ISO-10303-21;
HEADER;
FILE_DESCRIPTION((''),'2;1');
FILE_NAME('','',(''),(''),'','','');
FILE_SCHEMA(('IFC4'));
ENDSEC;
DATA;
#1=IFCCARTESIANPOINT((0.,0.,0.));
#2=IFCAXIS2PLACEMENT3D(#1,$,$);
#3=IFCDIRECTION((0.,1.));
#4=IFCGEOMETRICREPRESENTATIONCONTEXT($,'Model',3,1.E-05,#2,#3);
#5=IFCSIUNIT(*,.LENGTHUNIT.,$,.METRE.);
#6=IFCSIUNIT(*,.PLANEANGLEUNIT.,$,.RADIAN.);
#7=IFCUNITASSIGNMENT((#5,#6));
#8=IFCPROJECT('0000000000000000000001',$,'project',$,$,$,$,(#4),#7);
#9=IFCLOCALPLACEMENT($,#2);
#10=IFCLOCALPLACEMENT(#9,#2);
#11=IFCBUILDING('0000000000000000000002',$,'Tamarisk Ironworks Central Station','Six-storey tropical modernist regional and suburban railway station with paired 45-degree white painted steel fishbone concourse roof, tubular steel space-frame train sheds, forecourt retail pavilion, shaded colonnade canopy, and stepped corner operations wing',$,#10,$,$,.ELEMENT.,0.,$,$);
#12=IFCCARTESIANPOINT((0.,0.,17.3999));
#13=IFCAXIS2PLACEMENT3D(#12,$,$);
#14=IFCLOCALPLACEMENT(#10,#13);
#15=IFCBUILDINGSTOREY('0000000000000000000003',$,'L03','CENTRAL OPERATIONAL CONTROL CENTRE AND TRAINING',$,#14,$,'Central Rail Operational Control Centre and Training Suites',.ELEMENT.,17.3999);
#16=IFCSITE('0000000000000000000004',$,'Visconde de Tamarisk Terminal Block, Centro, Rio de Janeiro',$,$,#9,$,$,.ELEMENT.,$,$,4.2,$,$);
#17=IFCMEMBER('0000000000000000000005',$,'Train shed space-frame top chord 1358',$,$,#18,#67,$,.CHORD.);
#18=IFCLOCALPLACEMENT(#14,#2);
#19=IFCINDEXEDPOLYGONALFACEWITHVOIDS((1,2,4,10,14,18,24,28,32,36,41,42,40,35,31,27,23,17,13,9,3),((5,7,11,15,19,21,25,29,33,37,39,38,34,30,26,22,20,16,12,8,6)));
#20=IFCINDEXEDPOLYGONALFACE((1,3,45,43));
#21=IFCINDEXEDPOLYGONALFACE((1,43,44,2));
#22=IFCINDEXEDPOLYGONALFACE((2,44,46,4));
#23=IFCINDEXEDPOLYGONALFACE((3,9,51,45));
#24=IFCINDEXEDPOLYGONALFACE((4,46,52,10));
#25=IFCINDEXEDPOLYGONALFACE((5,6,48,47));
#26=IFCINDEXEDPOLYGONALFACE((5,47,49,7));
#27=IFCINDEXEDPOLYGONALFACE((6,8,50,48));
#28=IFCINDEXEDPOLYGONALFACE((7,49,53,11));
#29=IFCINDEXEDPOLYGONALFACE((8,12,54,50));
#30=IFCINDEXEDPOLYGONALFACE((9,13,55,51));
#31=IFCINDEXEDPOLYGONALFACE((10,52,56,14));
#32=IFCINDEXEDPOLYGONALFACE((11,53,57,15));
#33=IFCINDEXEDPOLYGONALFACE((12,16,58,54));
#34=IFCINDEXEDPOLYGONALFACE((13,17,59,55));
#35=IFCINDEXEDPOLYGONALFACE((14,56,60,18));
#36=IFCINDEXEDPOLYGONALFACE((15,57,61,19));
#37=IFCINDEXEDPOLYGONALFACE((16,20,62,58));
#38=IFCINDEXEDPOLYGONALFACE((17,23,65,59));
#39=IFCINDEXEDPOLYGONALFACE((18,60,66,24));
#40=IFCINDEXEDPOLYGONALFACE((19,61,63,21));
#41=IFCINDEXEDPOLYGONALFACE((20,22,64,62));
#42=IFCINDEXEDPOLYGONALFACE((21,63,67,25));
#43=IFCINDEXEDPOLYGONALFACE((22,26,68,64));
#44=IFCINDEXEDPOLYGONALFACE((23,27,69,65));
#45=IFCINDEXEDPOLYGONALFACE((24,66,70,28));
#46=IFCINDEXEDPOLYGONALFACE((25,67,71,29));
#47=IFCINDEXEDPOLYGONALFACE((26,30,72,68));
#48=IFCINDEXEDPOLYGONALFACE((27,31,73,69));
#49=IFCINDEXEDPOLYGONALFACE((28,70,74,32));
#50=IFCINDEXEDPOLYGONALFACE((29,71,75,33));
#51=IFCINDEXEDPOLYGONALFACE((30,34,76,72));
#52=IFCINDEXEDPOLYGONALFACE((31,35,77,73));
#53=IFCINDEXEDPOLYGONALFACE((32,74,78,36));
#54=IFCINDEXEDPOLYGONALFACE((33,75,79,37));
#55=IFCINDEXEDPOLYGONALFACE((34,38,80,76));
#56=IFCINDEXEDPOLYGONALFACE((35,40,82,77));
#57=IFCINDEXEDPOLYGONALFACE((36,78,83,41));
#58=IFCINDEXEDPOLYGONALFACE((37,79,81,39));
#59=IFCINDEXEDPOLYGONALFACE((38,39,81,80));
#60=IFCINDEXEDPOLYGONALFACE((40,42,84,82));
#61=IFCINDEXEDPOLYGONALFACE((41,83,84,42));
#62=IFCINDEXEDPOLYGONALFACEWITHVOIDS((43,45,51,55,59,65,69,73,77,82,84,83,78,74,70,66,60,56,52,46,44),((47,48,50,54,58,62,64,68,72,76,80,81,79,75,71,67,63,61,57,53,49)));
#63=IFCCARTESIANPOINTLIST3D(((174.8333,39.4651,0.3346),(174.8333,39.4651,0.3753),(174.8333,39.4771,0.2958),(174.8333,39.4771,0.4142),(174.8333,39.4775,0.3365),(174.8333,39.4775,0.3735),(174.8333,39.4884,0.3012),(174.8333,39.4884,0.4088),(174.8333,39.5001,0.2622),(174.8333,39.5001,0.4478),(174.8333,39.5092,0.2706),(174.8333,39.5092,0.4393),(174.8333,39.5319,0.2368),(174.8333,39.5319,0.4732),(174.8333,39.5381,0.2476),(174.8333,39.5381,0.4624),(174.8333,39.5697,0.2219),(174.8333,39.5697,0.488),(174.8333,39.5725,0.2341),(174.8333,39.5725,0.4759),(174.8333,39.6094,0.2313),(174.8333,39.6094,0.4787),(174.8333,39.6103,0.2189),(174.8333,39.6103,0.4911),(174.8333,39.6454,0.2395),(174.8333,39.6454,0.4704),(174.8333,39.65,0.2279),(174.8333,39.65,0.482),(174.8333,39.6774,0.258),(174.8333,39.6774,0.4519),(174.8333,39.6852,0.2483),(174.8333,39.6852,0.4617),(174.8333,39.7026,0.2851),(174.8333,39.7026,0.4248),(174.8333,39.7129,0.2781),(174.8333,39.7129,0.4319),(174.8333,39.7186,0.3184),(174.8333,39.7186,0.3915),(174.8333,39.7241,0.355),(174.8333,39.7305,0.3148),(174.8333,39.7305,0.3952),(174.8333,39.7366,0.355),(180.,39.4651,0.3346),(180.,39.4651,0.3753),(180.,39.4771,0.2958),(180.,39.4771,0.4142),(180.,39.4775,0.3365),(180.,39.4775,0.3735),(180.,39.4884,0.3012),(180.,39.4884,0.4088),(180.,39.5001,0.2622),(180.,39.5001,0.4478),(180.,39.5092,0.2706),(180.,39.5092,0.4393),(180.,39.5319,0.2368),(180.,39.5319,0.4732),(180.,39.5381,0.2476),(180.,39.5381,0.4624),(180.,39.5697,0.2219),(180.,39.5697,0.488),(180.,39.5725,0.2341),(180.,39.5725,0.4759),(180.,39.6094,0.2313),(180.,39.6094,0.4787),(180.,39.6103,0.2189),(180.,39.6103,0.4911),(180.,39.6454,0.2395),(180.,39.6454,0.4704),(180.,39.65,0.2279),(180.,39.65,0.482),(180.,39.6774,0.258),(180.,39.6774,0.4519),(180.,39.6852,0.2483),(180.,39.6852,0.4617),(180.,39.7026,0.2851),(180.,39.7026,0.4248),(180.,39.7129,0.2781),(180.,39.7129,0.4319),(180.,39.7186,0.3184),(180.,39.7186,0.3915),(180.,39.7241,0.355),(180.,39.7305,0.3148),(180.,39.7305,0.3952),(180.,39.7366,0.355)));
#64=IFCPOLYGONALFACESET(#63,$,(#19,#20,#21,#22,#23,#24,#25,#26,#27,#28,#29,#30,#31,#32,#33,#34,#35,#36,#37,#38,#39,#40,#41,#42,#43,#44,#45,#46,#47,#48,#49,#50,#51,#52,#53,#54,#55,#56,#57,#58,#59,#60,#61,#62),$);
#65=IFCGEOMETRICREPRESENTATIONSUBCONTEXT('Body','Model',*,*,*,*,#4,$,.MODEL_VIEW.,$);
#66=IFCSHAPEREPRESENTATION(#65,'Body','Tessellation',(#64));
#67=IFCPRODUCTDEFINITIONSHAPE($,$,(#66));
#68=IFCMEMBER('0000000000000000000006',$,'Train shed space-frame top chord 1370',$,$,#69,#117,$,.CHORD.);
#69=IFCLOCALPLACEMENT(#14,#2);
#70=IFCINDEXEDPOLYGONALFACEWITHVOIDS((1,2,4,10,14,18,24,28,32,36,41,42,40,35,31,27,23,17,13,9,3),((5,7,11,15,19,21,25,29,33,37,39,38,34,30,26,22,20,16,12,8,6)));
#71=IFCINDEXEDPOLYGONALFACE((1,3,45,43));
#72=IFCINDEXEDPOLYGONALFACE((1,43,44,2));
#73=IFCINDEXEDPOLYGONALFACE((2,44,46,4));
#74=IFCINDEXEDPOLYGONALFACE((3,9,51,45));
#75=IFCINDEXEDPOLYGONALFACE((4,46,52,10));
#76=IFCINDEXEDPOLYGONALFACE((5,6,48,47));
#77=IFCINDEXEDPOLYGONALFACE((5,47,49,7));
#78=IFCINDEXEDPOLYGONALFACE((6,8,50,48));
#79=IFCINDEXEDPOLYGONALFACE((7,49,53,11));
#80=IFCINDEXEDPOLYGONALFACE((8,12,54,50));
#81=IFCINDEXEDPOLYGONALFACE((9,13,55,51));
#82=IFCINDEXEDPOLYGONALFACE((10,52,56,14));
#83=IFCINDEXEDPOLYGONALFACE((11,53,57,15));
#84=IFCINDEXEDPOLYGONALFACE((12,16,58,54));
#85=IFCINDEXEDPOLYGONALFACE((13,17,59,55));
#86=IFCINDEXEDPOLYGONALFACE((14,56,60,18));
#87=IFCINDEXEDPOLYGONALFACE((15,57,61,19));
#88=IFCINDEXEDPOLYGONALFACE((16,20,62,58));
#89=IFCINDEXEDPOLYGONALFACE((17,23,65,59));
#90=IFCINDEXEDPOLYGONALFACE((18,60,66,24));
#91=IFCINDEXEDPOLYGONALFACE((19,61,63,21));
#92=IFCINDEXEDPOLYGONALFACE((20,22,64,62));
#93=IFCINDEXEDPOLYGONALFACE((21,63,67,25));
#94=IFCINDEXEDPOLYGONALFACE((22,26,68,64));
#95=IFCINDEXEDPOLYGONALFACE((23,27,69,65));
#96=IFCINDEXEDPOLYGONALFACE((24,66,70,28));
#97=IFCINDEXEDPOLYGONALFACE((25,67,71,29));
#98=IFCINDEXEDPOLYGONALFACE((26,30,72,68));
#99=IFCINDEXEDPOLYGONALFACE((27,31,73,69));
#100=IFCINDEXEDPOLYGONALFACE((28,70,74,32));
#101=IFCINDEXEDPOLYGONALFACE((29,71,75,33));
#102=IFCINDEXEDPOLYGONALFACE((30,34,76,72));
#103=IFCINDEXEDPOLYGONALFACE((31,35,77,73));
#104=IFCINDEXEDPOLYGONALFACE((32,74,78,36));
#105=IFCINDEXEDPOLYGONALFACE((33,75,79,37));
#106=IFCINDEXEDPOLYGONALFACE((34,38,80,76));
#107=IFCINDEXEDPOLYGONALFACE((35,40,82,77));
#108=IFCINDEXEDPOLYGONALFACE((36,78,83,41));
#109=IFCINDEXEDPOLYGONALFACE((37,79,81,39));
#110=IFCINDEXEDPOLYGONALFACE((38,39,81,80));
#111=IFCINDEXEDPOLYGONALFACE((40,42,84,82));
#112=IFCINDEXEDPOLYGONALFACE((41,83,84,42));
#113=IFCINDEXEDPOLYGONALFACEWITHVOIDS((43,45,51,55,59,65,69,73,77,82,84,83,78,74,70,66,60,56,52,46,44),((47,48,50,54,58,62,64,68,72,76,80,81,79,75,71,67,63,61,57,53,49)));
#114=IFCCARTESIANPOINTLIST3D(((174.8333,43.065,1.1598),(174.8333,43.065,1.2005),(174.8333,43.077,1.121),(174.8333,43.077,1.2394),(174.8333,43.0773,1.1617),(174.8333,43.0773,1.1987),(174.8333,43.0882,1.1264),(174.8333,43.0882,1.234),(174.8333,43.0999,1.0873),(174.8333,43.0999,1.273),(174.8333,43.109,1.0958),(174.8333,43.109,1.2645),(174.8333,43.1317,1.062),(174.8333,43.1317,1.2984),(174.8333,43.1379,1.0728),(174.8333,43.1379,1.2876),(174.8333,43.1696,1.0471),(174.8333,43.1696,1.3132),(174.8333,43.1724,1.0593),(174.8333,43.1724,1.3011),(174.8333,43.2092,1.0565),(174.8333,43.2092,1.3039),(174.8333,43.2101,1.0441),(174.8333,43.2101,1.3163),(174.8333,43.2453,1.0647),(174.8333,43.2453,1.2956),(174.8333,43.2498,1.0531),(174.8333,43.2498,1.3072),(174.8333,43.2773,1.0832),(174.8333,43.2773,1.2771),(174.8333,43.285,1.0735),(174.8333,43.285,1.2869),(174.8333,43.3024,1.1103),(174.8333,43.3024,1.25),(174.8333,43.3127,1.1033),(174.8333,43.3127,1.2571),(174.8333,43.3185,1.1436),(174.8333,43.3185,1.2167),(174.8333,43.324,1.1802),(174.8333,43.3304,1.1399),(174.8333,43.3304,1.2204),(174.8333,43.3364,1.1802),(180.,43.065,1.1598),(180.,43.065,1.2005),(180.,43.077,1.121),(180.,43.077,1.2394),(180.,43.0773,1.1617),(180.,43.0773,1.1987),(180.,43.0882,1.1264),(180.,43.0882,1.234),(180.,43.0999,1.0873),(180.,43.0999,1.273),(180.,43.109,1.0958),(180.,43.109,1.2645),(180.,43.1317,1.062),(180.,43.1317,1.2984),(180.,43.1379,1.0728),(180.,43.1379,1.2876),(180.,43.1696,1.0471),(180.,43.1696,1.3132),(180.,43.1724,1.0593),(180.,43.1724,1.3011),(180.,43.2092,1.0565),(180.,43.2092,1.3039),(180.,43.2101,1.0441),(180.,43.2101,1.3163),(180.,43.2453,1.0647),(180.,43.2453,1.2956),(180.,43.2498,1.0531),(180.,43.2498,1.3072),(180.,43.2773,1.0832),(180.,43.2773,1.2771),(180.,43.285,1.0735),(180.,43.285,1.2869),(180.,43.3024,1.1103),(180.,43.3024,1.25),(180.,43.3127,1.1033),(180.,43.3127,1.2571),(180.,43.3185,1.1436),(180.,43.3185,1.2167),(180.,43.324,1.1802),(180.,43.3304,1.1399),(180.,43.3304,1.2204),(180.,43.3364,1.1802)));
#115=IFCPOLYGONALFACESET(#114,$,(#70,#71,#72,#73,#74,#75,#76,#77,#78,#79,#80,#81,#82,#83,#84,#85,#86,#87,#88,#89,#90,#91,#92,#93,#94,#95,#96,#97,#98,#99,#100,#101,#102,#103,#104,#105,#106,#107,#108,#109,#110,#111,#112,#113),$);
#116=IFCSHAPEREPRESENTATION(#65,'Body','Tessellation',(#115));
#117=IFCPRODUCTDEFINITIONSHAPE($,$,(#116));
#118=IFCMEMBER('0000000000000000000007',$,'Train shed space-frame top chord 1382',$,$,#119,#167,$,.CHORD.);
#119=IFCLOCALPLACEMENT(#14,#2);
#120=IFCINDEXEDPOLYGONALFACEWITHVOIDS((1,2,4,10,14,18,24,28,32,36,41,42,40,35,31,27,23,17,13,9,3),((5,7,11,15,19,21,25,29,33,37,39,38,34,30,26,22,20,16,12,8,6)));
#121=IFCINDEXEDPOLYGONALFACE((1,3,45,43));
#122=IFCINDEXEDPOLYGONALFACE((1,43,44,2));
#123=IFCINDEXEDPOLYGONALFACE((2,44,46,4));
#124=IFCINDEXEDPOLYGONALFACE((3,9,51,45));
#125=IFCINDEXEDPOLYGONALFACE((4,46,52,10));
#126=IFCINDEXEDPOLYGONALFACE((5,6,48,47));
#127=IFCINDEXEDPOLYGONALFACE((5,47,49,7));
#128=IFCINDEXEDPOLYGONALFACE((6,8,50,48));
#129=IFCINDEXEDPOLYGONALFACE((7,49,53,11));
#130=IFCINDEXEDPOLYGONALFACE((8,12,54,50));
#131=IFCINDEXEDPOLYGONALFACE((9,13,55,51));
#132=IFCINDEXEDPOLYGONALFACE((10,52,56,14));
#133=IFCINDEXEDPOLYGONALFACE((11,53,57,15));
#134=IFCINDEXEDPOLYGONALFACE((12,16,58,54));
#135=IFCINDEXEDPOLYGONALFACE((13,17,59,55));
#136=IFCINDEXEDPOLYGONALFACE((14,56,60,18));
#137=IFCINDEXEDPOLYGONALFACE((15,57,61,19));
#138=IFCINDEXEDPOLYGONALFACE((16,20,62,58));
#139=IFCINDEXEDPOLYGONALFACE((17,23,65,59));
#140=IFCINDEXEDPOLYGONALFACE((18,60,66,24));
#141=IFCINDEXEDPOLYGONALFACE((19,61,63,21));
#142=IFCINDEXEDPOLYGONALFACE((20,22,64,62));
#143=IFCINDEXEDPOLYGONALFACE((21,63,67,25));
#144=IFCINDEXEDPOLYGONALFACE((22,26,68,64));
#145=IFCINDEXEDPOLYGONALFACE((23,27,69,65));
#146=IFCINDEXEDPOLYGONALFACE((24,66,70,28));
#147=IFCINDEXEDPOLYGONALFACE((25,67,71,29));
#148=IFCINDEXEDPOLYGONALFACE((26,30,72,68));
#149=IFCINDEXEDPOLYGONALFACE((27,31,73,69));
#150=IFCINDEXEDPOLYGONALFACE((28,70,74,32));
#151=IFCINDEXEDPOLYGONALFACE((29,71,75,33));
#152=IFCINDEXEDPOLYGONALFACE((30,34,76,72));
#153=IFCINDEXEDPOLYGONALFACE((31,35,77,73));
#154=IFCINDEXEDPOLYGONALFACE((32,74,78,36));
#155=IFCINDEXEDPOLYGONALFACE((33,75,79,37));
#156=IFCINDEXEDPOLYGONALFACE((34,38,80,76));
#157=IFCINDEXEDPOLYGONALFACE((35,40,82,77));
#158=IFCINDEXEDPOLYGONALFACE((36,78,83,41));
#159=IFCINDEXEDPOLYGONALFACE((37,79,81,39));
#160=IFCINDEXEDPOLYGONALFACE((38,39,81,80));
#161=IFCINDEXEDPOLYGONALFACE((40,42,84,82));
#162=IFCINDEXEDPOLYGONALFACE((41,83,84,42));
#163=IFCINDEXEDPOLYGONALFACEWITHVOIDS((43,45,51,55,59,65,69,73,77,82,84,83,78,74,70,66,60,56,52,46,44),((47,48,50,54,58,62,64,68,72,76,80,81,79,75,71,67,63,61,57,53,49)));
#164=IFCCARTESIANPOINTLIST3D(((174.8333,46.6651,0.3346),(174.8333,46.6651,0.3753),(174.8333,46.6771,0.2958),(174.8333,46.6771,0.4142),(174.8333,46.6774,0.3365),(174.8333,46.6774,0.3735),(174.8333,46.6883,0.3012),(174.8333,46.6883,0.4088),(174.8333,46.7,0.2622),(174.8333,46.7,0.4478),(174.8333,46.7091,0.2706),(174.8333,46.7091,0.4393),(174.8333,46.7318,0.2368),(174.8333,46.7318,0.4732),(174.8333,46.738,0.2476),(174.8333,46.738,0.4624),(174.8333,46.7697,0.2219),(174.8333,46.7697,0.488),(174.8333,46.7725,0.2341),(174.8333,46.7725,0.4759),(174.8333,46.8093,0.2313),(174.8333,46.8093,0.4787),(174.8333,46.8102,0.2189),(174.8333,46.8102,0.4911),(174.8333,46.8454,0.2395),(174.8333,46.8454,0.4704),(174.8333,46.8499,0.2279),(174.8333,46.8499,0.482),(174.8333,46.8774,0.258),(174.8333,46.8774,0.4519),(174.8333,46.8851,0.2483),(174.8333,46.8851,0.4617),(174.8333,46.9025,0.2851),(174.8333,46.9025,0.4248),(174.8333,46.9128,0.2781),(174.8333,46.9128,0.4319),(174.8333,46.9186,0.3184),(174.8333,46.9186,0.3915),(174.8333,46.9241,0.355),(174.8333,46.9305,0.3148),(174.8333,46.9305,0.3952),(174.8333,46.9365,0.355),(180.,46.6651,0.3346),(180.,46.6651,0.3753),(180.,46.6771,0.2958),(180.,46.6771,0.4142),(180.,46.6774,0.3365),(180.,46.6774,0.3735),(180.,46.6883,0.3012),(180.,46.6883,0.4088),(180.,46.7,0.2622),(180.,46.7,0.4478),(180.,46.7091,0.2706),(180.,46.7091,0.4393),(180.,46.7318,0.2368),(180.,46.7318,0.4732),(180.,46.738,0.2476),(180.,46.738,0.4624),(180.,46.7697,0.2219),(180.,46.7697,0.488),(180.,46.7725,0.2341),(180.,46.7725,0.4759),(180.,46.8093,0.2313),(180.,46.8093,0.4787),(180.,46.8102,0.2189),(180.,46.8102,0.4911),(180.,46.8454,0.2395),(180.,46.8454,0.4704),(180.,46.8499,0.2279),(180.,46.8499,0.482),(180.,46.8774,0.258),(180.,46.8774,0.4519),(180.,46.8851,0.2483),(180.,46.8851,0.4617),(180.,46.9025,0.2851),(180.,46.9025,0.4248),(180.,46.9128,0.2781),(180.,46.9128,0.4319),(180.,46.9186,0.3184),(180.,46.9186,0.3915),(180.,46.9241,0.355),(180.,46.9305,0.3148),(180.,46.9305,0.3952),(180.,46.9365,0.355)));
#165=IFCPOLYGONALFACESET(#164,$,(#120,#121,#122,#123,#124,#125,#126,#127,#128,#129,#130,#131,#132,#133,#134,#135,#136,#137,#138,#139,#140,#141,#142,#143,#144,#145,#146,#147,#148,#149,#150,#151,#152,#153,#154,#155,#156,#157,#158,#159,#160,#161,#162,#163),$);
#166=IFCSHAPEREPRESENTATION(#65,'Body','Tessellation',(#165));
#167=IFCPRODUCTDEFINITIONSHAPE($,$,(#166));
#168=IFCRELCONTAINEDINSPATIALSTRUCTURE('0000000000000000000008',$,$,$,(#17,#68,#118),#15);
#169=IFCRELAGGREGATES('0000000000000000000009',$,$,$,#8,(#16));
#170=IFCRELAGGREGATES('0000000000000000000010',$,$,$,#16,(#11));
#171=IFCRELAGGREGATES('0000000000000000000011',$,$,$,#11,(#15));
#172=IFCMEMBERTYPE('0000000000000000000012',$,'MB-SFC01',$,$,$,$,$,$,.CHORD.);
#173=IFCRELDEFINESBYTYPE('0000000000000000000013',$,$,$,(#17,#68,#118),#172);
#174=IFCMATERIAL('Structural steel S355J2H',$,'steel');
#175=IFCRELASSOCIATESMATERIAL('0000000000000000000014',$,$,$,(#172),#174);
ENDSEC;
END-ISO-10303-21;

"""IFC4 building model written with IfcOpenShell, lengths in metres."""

from ifc_helpers import new_model, si_unit, direction, frame, origin, origin_2d, place, context, subcontext, project, spatial, hollow_circle, extrude, material, material_profile, profile_set, type_object, element, save


model = new_model("IFC4")

# Units and contexts
model_context = context("Model", 3, precision=1e-05, world=origin(), true_north=direction((0.0, 1.0)))
body_context = subcontext(model_context, "Body", "Model", "MODEL_VIEW")
ifc_project = project(units=[si_unit("LENGTHUNIT", "METRE"), si_unit("PLANEANGLEUNIT", "RADIAN")], contexts=[model_context])

# Site, building, storey
site_placement = place(None, origin())
site = spatial("IfcSite", under=ifc_project, at=site_placement, Name="Visconde de Tamarisk Terminal Block, Centro, Rio de Janeiro", CompositionType="ELEMENT", RefElevation=4.2)
building_placement = place(site_placement, origin())
building = spatial("IfcBuilding", under=site, at=building_placement, Name="Tamarisk Ironworks Central Station", Description="Six-storey tropical modernist regional and suburban railway station with paired 45-degree white painted steel fishbone concourse roof, tubular steel space-frame train sheds, forecourt retail pavilion, shaded colonnade canopy, and stepped corner operations wing", CompositionType="ELEMENT", ElevationOfRefHeight=0.0)
storey_placement = place(building_placement, frame((0.0, 0.0, 17.3999)))
storey = spatial("IfcBuildingStorey", under=building, at=storey_placement, Name="L03", Description="CENTRAL OPERATIONAL CONTROL CENTRE AND TRAINING", LongName="Central Rail Operational Control Centre and Training Suites", CompositionType="ELEMENT", Elevation=17.3999)

# Members
ifc_material = material(Name="Structural steel S355J2H", Category="steel")
ifc_material_profile_1 = material_profile(ifc_material, hollow_circle(Radius=0.1365, WallThickness=0.0125, at=origin_2d()), Name="CHS 273x12.5")
ifc_profile_set_1 = profile_set([ifc_material_profile_1], Name="Structural steel S355J2H")
member_type_1 = type_object("IfcMemberType", Name="MB-SFC01", PredefinedType="CHORD", material=ifc_profile_set_1)
for number, where, z_axis, x_axis, name in (
    (1, (174.8333, 39.6001, 0.355), (1.0, 0.0, 0.0), (0.0, 1.0, 0.0), "Train shed space-frame top chord 1358"),
    (2, (174.8333, 43.2, 1.1802), (1.0, 0.0, 0.0), (0.0, 1.0, 0.0), "Train shed space-frame top chord 1370"),
    (3, (174.8333, 46.8, 0.355), (1.0, 0.0, 0.0), (0.0, 1.0, 0.0), "Train shed space-frame top chord 1382"),
):
    element("IfcMember", number, at=place(storey_placement, frame(where, z_axis=z_axis, x_axis=x_axis)), inside=storey, type_object=member_type_1, Name=name, PredefinedType="CHORD", context=body_context, shape_type="SweptSolid", body=[
        extrude(hollow_circle(Radius=0.1365, WallThickness=0.0125, at=origin_2d()), origin(), (0.0, 0.0, 1.0), 5.1667),
    ])

save(model, "model.ifc")
